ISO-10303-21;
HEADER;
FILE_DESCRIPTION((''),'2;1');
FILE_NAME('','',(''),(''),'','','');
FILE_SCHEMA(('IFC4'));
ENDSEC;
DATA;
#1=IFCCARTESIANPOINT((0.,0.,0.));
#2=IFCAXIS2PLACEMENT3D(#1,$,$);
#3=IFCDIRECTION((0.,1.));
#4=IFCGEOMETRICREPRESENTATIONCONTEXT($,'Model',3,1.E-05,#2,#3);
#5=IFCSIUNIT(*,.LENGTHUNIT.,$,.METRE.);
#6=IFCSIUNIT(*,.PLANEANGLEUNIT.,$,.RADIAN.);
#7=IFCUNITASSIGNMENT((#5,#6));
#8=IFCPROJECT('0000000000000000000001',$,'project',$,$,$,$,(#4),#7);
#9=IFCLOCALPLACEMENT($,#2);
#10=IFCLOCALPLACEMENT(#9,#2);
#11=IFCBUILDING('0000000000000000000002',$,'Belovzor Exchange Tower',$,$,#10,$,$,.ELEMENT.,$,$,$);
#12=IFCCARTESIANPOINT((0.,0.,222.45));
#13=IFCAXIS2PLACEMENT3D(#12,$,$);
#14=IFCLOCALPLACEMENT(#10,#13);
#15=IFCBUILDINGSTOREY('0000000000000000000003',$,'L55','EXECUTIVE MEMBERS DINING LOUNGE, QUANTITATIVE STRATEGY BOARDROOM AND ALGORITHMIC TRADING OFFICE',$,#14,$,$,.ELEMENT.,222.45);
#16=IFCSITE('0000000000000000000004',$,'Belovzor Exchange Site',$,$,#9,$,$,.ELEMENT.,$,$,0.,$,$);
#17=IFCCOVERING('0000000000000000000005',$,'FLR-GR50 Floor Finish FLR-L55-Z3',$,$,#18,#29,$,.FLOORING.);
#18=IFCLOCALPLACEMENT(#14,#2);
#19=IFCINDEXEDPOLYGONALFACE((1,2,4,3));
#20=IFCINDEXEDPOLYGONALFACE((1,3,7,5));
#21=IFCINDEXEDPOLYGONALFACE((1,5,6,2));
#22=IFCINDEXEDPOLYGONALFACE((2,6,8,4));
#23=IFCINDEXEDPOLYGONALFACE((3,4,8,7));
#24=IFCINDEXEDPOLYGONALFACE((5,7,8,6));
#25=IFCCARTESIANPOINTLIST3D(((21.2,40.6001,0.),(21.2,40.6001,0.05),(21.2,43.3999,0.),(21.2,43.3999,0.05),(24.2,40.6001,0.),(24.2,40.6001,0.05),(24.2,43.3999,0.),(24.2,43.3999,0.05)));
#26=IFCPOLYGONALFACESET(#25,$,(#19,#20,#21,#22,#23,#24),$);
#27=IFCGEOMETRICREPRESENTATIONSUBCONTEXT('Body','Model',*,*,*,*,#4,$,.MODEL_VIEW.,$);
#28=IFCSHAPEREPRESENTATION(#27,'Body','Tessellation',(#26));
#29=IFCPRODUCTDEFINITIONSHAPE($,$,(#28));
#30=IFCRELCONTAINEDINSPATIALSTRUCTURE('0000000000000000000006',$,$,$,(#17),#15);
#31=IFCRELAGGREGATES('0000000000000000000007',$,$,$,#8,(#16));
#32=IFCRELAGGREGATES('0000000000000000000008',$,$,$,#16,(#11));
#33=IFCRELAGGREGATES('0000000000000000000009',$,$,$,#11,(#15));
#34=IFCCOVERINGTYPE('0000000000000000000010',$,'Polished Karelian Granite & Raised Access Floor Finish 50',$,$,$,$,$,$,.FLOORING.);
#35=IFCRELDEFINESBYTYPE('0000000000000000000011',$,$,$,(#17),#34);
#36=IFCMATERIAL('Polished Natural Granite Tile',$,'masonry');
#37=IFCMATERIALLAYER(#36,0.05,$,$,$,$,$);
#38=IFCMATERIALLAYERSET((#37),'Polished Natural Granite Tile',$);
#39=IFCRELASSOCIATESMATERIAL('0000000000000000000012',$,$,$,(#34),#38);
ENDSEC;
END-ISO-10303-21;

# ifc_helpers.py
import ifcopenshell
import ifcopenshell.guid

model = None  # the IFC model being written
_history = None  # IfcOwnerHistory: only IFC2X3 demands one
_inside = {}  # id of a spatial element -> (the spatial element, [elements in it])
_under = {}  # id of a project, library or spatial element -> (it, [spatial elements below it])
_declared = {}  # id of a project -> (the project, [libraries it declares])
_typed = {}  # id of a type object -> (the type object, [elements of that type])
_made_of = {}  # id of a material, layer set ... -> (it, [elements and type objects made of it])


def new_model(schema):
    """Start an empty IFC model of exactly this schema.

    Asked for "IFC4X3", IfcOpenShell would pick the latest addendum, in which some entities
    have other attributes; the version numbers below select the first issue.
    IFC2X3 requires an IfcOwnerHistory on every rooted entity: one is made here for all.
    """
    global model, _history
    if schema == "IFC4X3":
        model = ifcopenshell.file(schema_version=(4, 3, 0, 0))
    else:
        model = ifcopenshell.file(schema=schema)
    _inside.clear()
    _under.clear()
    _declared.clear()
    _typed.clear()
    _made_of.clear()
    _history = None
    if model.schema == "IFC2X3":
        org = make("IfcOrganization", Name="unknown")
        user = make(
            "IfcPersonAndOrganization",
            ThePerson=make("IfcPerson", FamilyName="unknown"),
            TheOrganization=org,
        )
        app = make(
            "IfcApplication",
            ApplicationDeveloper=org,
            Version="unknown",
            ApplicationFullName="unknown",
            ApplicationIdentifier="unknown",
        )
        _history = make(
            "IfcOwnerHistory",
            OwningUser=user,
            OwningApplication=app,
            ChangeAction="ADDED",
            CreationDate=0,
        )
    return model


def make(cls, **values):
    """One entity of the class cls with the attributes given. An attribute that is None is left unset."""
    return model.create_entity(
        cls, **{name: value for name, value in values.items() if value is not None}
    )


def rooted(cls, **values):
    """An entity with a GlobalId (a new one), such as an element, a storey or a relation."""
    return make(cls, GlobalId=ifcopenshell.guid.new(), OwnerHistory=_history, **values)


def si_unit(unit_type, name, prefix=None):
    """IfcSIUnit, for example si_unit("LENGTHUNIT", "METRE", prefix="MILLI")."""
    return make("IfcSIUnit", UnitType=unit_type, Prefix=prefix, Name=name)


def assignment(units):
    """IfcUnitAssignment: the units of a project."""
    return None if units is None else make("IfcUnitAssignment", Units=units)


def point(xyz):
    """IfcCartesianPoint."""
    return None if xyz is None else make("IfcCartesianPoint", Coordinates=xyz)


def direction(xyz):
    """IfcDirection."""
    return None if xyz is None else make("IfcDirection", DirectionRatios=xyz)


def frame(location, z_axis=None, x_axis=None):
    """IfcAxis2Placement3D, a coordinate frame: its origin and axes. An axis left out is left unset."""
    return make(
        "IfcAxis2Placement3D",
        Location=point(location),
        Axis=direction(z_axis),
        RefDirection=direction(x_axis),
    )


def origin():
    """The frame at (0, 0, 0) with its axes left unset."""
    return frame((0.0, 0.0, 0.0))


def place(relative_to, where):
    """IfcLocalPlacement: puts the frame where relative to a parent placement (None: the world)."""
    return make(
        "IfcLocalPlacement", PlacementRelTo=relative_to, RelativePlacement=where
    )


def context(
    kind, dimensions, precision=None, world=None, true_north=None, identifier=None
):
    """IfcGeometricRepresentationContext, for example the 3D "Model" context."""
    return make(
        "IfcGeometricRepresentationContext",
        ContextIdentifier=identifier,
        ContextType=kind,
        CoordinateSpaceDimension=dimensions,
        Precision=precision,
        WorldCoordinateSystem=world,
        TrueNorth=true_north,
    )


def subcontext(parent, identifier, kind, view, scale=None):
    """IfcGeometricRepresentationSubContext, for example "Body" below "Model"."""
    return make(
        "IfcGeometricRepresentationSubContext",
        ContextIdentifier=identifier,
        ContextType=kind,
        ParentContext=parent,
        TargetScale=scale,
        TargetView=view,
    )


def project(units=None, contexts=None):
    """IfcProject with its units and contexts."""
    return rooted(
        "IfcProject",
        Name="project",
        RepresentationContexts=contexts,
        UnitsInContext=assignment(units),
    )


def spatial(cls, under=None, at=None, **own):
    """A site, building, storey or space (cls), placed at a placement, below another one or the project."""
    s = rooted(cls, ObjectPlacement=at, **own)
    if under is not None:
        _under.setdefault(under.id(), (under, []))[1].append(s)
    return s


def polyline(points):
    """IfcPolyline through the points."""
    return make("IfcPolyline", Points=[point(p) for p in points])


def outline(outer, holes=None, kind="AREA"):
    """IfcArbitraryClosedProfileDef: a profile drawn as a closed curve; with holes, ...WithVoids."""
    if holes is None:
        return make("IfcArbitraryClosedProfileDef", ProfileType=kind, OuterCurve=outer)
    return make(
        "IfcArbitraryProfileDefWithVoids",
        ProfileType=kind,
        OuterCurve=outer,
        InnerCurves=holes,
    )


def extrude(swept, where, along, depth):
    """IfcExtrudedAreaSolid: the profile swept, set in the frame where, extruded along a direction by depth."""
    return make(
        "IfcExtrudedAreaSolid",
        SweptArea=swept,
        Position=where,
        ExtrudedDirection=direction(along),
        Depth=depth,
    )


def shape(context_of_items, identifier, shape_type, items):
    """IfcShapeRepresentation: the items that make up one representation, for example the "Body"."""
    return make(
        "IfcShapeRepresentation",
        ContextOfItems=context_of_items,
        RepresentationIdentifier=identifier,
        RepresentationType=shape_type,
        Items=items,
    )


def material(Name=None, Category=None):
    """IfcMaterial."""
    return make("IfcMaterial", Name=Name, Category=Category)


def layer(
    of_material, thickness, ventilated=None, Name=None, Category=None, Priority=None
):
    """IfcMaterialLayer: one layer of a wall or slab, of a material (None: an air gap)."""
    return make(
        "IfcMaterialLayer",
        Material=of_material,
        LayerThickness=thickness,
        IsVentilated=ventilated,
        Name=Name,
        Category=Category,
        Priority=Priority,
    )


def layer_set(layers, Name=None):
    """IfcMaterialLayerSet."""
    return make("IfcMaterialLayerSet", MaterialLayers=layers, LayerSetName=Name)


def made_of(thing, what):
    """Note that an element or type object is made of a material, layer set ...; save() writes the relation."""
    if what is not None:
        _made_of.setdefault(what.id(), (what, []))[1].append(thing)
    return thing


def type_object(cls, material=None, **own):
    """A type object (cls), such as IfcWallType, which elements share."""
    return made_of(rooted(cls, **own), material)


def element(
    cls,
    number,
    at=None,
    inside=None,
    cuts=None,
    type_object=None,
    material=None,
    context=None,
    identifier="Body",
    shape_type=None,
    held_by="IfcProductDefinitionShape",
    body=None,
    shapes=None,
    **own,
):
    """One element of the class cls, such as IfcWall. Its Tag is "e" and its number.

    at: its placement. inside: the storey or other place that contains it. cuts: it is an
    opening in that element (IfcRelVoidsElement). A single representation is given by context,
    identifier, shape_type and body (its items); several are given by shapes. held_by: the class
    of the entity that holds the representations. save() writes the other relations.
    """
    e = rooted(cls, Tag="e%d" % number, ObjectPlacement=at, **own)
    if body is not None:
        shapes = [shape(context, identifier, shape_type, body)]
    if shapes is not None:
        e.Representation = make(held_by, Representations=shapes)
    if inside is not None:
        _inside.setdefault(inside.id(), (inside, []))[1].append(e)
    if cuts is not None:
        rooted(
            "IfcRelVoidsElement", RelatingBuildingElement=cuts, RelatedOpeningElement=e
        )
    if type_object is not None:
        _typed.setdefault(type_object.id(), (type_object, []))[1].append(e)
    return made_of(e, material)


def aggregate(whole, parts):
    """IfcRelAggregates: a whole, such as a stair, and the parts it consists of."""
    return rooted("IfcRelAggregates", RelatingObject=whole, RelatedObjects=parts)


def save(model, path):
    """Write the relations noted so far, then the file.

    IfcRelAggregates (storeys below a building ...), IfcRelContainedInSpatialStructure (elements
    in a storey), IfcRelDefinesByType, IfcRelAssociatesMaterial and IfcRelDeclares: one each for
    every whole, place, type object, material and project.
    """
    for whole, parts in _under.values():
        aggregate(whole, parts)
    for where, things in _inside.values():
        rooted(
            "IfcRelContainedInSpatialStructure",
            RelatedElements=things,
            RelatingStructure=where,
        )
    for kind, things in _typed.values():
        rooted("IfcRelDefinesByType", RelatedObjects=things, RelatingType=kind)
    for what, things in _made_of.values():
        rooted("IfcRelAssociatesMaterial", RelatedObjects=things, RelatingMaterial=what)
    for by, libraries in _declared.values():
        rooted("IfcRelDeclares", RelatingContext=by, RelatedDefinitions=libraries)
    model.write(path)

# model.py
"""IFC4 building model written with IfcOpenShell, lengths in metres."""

from ifc_helpers import new_model, si_unit, direction, frame, origin, place, context, subcontext, project, spatial, polyline, outline, extrude, material, layer, layer_set, type_object, element, save


model = new_model("IFC4")

# Units and contexts
model_context = context("Model", 3, precision=1e-05, world=origin(), true_north=direction((0.0, 1.0)))
body_context = subcontext(model_context, "Body", "Model", "MODEL_VIEW")
ifc_project = project(units=[si_unit("LENGTHUNIT", "METRE"), si_unit("PLANEANGLEUNIT", "RADIAN")], contexts=[model_context])

# Site, building, storey
site_placement = place(None, origin())
site = spatial("IfcSite", under=ifc_project, at=site_placement, Name="Belovzor Exchange Site", CompositionType="ELEMENT", RefElevation=0.0)
building_placement = place(site_placement, origin())
building = spatial("IfcBuilding", under=site, at=building_placement, Name="Belovzor Exchange Tower", CompositionType="ELEMENT")
storey_placement = place(building_placement, frame((0.0, 0.0, 222.45)))
storey = spatial("IfcBuildingStorey", under=building, at=storey_placement, Name="L55", Description="EXECUTIVE MEMBERS DINING LOUNGE, QUANTITATIVE STRATEGY BOARDROOM AND ALGORITHMIC TRADING OFFICE", CompositionType="ELEMENT", Elevation=222.45)

# Covering
ifc_material_1 = material(Name="Polished Natural Granite Tile", Category="masonry")
ifc_layer_1 = layer(ifc_material_1, 0.05)
ifc_layer_set_1 = layer_set([ifc_layer_1], Name="Polished Natural Granite Tile")
covering_type_1 = type_object("IfcCoveringType", Name="Polished Karelian Granite & Raised Access Floor Finish 50", PredefinedType="FLOORING", material=ifc_layer_set_1)
covering_1_placement = place(storey_placement, origin())
element("IfcCovering", 1, at=covering_1_placement, inside=storey, type_object=covering_type_1, Name="FLR-GR50 Floor Finish FLR-L55-Z3", PredefinedType="FLOORING", context=body_context, shape_type="SweptSolid", body=[
    extrude(outline(polyline([(21.2, 40.6001), (24.2, 40.6001), (24.2, 43.3999), (21.2, 43.3999), (21.2, 40.6001)])), origin(), (0.0, 0.0, 1.0), 0.05),
])

save(model, "model.ifc")
